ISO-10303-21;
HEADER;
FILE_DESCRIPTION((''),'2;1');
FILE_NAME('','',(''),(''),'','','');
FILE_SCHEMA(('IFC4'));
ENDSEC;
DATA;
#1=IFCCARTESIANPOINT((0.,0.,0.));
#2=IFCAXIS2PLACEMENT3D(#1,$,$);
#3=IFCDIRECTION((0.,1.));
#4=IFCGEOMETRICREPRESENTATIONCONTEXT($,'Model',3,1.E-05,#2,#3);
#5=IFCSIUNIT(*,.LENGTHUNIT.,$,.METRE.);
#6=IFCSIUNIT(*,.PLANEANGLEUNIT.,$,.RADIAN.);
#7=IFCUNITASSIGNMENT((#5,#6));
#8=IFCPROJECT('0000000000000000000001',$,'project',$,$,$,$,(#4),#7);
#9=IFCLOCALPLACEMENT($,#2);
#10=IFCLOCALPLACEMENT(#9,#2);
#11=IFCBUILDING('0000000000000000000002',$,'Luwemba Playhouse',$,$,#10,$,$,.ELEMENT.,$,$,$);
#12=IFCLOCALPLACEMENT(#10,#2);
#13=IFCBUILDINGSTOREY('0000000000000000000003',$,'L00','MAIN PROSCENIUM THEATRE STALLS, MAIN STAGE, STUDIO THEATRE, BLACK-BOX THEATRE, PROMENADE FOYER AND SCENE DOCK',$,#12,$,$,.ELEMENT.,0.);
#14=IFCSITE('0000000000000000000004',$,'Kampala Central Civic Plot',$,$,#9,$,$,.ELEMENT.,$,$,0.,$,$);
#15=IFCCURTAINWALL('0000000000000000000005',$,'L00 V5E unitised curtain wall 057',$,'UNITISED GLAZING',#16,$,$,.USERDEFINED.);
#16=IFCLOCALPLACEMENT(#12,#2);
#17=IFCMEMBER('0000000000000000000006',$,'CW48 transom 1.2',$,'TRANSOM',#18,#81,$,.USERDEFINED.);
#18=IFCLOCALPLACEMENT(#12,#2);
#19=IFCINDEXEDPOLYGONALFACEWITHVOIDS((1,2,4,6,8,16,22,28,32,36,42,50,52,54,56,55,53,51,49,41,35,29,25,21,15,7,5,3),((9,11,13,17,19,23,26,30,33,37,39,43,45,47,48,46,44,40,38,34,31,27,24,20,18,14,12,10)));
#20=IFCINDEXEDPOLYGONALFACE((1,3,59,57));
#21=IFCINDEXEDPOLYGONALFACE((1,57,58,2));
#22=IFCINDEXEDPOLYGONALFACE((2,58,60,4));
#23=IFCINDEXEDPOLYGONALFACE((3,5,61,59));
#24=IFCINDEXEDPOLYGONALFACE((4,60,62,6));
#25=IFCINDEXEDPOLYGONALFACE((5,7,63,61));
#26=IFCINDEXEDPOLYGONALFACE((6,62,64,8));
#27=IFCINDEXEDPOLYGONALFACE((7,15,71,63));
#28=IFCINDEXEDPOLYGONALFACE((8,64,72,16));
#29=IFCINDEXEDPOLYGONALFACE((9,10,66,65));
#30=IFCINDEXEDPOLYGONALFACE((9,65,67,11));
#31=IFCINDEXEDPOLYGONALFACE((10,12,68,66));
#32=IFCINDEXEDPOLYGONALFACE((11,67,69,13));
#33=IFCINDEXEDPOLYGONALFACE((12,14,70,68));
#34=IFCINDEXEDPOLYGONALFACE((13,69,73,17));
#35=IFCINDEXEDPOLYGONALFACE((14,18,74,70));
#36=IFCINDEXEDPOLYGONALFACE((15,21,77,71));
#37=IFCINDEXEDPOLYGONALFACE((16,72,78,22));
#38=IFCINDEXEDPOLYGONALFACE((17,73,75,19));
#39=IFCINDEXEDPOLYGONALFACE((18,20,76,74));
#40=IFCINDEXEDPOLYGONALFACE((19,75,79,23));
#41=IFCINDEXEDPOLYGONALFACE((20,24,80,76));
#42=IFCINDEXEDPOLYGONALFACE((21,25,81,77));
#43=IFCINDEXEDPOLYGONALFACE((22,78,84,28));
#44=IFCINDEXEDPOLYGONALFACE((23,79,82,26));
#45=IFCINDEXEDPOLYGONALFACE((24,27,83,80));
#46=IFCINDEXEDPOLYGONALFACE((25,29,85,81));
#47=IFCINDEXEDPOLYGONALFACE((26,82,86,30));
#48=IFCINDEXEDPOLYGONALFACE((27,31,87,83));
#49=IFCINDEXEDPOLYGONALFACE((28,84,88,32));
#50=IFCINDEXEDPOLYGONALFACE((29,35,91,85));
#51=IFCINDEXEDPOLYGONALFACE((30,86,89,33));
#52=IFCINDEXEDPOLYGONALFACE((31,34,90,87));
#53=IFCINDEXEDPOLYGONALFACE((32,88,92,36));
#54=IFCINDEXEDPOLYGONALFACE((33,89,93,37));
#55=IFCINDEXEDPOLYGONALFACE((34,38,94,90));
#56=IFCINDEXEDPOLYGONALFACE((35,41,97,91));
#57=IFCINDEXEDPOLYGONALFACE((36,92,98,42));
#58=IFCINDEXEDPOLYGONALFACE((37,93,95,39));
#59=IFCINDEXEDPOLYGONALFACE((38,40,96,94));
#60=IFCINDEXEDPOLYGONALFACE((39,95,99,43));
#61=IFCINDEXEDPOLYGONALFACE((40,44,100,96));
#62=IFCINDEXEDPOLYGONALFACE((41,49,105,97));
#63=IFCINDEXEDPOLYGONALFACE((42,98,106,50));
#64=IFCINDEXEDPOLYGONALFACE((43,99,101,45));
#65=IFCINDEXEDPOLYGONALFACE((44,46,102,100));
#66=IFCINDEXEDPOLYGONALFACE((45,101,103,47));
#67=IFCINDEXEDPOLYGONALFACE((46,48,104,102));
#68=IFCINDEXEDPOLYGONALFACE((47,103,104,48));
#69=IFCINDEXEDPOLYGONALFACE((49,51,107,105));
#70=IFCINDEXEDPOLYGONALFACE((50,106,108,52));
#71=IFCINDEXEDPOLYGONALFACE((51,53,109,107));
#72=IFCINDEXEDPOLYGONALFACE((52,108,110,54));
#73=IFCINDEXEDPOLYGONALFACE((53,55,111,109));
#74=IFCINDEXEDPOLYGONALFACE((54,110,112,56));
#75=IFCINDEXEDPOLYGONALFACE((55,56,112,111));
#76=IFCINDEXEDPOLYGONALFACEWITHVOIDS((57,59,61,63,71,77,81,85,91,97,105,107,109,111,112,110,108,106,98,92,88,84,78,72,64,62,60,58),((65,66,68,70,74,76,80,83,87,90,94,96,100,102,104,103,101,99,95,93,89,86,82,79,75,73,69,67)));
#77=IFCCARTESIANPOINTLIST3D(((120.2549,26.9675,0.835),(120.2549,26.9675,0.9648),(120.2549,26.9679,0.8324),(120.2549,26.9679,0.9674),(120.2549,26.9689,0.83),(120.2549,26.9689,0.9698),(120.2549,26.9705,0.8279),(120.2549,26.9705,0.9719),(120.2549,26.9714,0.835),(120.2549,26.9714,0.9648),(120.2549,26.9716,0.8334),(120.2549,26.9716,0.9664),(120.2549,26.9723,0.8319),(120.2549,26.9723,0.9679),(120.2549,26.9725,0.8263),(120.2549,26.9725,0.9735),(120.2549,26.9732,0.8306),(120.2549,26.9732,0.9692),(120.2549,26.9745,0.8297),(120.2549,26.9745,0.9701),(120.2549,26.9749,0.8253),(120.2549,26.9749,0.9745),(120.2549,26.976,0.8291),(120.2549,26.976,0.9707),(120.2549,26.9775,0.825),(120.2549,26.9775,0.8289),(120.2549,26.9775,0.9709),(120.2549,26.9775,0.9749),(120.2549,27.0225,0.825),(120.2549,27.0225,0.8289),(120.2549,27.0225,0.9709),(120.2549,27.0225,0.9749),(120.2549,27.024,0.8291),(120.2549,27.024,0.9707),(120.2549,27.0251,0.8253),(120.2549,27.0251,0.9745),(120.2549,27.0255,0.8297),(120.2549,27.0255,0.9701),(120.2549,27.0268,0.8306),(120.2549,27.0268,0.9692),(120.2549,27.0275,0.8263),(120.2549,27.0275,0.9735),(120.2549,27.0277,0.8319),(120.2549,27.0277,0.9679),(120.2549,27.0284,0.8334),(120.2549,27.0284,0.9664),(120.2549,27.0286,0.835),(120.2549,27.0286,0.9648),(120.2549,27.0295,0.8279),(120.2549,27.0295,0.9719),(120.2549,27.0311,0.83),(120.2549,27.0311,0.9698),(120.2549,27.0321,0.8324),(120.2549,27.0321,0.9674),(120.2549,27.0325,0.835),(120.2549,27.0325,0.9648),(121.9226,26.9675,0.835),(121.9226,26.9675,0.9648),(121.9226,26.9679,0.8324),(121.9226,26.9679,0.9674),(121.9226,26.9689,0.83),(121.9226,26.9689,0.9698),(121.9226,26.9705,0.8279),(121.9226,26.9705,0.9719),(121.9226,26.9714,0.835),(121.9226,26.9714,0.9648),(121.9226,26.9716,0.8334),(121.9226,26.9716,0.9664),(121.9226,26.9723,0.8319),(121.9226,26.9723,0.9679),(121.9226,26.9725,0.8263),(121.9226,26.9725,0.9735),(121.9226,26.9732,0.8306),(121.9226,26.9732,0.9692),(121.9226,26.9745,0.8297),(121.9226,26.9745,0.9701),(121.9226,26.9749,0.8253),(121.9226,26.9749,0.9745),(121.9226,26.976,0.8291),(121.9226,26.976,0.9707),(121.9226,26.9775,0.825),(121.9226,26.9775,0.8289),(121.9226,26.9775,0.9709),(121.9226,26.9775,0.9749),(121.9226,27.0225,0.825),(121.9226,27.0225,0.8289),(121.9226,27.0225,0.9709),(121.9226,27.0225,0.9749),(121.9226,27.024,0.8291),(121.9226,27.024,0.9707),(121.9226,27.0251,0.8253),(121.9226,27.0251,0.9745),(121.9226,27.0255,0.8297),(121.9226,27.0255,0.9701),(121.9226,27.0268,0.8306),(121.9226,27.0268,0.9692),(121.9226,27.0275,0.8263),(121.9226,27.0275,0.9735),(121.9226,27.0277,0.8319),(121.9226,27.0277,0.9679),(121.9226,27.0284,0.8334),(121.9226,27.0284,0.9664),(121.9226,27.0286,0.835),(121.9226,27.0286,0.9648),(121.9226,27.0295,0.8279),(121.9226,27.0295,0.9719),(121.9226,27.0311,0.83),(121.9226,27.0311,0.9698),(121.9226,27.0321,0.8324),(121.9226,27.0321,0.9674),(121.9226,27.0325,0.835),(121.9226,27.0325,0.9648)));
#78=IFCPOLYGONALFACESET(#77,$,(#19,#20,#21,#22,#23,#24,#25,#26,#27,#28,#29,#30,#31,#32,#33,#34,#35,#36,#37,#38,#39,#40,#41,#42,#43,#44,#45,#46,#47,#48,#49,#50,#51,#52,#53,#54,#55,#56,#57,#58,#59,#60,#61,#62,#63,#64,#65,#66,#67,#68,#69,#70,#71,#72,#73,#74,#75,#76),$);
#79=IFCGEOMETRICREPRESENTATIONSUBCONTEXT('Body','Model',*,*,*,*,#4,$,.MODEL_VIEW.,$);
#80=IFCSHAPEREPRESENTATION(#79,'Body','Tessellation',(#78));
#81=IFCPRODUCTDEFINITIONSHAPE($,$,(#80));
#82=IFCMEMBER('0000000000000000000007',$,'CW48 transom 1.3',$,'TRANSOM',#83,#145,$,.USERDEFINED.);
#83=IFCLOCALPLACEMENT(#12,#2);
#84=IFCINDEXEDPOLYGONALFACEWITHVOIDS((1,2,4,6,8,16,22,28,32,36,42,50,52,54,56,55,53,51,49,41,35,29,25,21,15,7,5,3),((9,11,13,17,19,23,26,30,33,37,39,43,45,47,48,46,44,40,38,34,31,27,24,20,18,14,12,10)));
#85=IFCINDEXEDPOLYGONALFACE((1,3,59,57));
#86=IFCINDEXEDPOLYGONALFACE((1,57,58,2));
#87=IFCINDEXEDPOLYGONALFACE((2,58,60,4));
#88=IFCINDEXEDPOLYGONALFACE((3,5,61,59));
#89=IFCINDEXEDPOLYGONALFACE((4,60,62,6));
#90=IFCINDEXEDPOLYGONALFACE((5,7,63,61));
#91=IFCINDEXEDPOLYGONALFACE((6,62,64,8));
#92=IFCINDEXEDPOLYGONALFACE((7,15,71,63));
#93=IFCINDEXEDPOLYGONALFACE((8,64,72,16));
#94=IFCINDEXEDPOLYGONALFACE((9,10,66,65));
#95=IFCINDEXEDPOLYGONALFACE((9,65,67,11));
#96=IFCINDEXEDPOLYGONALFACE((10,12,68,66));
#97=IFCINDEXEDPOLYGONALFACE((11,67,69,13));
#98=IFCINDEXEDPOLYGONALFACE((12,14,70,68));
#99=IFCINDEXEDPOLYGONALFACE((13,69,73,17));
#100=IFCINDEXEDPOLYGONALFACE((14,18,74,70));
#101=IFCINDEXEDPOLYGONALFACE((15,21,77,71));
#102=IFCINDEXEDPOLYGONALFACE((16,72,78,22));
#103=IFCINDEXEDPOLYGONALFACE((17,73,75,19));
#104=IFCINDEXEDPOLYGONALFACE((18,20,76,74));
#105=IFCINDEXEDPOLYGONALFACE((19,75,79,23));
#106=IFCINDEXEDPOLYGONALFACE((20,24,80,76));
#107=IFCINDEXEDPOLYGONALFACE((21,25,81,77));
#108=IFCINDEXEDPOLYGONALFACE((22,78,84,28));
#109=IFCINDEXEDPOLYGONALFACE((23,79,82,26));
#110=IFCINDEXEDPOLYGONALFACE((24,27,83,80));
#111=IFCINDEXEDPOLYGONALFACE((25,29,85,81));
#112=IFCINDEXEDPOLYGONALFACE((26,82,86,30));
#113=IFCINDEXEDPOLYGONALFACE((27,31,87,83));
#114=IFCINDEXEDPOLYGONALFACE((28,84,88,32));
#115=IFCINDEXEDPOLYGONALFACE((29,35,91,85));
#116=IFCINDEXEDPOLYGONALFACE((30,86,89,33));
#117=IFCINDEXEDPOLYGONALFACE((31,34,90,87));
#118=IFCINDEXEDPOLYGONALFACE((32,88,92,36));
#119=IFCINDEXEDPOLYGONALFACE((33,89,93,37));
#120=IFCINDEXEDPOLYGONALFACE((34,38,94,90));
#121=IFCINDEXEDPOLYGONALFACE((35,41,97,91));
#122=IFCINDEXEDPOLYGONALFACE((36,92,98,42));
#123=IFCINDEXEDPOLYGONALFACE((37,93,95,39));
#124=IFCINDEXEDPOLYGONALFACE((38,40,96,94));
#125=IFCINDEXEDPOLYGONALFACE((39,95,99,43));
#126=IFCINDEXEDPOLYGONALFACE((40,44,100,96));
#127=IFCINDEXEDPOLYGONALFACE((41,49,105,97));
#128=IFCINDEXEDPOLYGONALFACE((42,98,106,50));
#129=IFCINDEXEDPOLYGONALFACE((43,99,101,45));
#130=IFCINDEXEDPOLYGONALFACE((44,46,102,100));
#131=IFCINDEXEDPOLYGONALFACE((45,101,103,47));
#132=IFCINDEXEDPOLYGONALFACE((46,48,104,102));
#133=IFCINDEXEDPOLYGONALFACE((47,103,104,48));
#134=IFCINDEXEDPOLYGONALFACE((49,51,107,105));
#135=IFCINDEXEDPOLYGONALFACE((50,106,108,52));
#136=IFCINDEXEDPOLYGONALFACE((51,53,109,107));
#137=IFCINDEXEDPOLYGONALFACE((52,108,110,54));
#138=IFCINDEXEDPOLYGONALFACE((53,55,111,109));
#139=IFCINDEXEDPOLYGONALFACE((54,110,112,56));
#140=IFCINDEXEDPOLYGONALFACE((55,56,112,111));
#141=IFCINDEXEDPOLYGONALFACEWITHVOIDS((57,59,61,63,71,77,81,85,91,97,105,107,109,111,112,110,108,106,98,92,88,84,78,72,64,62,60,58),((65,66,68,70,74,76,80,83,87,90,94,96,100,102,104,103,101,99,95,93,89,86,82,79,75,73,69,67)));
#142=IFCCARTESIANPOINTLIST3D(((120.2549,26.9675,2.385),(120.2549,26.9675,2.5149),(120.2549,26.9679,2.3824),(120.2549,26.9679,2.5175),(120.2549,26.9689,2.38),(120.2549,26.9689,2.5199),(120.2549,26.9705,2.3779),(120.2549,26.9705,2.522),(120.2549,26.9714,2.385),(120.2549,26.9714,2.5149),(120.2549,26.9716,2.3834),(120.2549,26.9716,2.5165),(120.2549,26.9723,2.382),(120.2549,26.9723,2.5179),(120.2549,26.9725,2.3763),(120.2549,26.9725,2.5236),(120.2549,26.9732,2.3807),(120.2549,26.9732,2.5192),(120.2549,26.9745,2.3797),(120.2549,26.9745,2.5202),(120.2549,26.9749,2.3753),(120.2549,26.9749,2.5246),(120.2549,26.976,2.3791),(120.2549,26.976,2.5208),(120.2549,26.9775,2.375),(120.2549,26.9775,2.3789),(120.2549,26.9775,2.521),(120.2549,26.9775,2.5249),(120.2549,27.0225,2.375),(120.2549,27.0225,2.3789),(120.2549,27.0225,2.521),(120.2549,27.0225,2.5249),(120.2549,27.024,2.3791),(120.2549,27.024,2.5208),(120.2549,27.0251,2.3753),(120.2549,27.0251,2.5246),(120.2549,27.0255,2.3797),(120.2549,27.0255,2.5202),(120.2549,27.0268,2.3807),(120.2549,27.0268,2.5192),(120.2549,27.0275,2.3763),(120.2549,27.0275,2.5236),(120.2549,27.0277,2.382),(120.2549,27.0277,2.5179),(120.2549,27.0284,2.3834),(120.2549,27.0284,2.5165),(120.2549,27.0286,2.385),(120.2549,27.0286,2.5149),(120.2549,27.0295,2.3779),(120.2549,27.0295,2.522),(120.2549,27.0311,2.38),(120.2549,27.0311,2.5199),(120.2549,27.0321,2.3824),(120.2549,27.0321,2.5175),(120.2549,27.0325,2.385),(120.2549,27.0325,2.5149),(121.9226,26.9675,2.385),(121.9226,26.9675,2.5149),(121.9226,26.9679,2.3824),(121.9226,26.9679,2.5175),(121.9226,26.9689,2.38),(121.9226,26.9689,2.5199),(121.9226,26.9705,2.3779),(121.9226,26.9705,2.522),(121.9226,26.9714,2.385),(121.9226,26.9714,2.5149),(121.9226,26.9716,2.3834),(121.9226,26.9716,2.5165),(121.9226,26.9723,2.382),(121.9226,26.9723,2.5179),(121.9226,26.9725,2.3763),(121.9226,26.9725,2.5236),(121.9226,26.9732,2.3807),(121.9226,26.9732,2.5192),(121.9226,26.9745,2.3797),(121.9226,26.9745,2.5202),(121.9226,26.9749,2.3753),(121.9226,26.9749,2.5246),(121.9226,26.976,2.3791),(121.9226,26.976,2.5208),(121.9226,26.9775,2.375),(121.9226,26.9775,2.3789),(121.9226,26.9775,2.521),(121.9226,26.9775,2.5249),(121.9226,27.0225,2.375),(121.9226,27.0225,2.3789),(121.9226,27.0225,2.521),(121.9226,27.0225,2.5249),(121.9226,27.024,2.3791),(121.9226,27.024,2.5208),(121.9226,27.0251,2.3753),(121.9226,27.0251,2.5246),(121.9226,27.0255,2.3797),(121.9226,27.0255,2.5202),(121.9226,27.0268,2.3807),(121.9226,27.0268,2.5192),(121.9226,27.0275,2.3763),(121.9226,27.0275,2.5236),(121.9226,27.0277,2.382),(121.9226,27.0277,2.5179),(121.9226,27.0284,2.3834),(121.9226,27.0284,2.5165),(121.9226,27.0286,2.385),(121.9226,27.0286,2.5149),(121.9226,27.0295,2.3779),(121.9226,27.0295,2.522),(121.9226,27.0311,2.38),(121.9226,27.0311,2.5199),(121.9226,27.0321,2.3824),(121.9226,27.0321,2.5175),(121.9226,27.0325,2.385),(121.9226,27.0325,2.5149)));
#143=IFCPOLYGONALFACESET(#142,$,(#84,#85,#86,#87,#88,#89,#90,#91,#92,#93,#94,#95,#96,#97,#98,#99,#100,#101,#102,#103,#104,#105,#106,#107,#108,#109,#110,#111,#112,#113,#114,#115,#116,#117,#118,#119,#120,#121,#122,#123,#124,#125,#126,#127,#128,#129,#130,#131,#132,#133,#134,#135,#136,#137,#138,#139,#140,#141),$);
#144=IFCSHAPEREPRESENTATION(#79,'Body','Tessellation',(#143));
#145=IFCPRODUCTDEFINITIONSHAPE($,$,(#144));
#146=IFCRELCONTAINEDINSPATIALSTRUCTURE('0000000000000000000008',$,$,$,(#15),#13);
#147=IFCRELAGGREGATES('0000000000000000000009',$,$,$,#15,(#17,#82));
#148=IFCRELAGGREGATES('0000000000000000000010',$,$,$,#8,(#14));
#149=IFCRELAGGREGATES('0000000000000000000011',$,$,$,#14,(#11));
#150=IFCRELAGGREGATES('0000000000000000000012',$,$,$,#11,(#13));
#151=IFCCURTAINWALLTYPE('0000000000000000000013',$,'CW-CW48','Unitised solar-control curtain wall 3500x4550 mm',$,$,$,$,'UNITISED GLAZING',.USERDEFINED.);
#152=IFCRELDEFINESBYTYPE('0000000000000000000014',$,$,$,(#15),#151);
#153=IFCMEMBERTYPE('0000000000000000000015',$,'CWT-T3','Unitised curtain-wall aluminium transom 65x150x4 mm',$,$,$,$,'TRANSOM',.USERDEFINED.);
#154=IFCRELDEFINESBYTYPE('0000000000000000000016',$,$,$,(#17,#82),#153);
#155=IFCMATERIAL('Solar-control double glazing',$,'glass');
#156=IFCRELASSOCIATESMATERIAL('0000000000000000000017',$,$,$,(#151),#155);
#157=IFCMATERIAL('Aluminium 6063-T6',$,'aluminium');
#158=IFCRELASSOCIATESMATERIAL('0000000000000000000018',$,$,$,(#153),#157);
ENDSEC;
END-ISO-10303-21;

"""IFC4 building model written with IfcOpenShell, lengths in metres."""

from ifc_helpers import new_model, si_unit, direction, frame, origin, origin_2d, place, context, subcontext, project, spatial, hollow_rectangle, extrude, material, material_profile, profile_set, type_object, element, aggregate, save


model = new_model("IFC4")

# Units and contexts
model_context = context("Model", 3, precision=1e-05, world=origin(), true_north=direction((0.0, 1.0)))
body_context = subcontext(model_context, "Body", "Model", "MODEL_VIEW")
ifc_project = project(units=[si_unit("LENGTHUNIT", "METRE"), si_unit("PLANEANGLEUNIT", "RADIAN")], contexts=[model_context])

# Site, building, storey
site_placement = place(None, origin())
site = spatial("IfcSite", under=ifc_project, at=site_placement, Name="Kampala Central Civic Plot", CompositionType="ELEMENT", RefElevation=0.0)
building_placement = place(site_placement, origin())
building = spatial("IfcBuilding", under=site, at=building_placement, Name="Luwemba Playhouse", CompositionType="ELEMENT")
storey_placement = place(building_placement, origin())
storey = spatial("IfcBuildingStorey", under=building, at=storey_placement, Name="L00", Description="MAIN PROSCENIUM THEATRE STALLS, MAIN STAGE, STUDIO THEATRE, BLACK-BOX THEATRE, PROMENADE FOYER AND SCENE DOCK", CompositionType="ELEMENT", Elevation=0.0)

# Shared definitions
ifc_material_1 = material(Name="Solar-control double glazing", Category="glass")
ifc_material_2 = material(Name="Aluminium 6063-T6", Category="aluminium")

# Curtain wall
curtain_wall_type_1 = type_object("IfcCurtainWallType", Name="CW-CW48", Description="Unitised solar-control curtain wall 3500x4550 mm", ElementType="UNITISED GLAZING", PredefinedType="USERDEFINED", material=ifc_material_1)
curtain_wall_1_placement = place(storey_placement, origin())
curtain_wall_1 = element("IfcCurtainWall", 1, at=curtain_wall_1_placement, inside=storey, type_object=curtain_wall_type_1, Name="L00 V5E unitised curtain wall 057", ObjectType="UNITISED GLAZING", PredefinedType="USERDEFINED")

# Members
ifc_material_profile_1 = material_profile(ifc_material_2, hollow_rectangle(XDim=0.0649, YDim=0.1499, WallThickness=0.0039, InnerFilletRadius=0.0061, OuterFilletRadius=0.01, at=origin_2d()))
ifc_profile_set_1 = profile_set([ifc_material_profile_1], Name="Aluminium 6063-T6")
member_type_1 = type_object("IfcMemberType", Name="CWT-T3", Description="Unitised curtain-wall aluminium transom 65x150x4 mm", ElementType="TRANSOM", PredefinedType="USERDEFINED", material=ifc_profile_set_1)
member_1_placement = place(storey_placement, frame((120.2549, 27.0, 0.8999), z_axis=(1.0, 0.0, 0.0), x_axis=(0.0, 1.0, 0.0)))
member_1 = element("IfcMember", 2, at=member_1_placement, type_object=member_type_1, Name="CW48 transom 1.2", ObjectType="TRANSOM", PredefinedType="USERDEFINED", context=body_context, shape_type="SweptSolid", body=[
    extrude(hollow_rectangle(XDim=0.0649, YDim=0.1499, WallThickness=0.0039, InnerFilletRadius=0.0061, OuterFilletRadius=0.01, at=origin_2d()), origin(), (0.0, 0.0, 1.0), 1.6677),
])
member_2_placement = place(storey_placement, frame((120.2549, 27.0, 2.45), z_axis=(1.0, 0.0, 0.0), x_axis=(0.0, 1.0, 0.0)))
member_2 = element("IfcMember", 3, at=member_2_placement, type_object=member_type_1, Name="CW48 transom 1.3", ObjectType="TRANSOM", PredefinedType="USERDEFINED", context=body_context, shape_type="SweptSolid", body=[
    extrude(hollow_rectangle(XDim=0.0649, YDim=0.1499, WallThickness=0.0039, InnerFilletRadius=0.0061, OuterFilletRadius=0.01, at=origin_2d()), origin(), (0.0, 0.0, 1.0), 1.6677),
])

aggregate(curtain_wall_1, [member_1, member_2])

save(model, "model.ifc")
